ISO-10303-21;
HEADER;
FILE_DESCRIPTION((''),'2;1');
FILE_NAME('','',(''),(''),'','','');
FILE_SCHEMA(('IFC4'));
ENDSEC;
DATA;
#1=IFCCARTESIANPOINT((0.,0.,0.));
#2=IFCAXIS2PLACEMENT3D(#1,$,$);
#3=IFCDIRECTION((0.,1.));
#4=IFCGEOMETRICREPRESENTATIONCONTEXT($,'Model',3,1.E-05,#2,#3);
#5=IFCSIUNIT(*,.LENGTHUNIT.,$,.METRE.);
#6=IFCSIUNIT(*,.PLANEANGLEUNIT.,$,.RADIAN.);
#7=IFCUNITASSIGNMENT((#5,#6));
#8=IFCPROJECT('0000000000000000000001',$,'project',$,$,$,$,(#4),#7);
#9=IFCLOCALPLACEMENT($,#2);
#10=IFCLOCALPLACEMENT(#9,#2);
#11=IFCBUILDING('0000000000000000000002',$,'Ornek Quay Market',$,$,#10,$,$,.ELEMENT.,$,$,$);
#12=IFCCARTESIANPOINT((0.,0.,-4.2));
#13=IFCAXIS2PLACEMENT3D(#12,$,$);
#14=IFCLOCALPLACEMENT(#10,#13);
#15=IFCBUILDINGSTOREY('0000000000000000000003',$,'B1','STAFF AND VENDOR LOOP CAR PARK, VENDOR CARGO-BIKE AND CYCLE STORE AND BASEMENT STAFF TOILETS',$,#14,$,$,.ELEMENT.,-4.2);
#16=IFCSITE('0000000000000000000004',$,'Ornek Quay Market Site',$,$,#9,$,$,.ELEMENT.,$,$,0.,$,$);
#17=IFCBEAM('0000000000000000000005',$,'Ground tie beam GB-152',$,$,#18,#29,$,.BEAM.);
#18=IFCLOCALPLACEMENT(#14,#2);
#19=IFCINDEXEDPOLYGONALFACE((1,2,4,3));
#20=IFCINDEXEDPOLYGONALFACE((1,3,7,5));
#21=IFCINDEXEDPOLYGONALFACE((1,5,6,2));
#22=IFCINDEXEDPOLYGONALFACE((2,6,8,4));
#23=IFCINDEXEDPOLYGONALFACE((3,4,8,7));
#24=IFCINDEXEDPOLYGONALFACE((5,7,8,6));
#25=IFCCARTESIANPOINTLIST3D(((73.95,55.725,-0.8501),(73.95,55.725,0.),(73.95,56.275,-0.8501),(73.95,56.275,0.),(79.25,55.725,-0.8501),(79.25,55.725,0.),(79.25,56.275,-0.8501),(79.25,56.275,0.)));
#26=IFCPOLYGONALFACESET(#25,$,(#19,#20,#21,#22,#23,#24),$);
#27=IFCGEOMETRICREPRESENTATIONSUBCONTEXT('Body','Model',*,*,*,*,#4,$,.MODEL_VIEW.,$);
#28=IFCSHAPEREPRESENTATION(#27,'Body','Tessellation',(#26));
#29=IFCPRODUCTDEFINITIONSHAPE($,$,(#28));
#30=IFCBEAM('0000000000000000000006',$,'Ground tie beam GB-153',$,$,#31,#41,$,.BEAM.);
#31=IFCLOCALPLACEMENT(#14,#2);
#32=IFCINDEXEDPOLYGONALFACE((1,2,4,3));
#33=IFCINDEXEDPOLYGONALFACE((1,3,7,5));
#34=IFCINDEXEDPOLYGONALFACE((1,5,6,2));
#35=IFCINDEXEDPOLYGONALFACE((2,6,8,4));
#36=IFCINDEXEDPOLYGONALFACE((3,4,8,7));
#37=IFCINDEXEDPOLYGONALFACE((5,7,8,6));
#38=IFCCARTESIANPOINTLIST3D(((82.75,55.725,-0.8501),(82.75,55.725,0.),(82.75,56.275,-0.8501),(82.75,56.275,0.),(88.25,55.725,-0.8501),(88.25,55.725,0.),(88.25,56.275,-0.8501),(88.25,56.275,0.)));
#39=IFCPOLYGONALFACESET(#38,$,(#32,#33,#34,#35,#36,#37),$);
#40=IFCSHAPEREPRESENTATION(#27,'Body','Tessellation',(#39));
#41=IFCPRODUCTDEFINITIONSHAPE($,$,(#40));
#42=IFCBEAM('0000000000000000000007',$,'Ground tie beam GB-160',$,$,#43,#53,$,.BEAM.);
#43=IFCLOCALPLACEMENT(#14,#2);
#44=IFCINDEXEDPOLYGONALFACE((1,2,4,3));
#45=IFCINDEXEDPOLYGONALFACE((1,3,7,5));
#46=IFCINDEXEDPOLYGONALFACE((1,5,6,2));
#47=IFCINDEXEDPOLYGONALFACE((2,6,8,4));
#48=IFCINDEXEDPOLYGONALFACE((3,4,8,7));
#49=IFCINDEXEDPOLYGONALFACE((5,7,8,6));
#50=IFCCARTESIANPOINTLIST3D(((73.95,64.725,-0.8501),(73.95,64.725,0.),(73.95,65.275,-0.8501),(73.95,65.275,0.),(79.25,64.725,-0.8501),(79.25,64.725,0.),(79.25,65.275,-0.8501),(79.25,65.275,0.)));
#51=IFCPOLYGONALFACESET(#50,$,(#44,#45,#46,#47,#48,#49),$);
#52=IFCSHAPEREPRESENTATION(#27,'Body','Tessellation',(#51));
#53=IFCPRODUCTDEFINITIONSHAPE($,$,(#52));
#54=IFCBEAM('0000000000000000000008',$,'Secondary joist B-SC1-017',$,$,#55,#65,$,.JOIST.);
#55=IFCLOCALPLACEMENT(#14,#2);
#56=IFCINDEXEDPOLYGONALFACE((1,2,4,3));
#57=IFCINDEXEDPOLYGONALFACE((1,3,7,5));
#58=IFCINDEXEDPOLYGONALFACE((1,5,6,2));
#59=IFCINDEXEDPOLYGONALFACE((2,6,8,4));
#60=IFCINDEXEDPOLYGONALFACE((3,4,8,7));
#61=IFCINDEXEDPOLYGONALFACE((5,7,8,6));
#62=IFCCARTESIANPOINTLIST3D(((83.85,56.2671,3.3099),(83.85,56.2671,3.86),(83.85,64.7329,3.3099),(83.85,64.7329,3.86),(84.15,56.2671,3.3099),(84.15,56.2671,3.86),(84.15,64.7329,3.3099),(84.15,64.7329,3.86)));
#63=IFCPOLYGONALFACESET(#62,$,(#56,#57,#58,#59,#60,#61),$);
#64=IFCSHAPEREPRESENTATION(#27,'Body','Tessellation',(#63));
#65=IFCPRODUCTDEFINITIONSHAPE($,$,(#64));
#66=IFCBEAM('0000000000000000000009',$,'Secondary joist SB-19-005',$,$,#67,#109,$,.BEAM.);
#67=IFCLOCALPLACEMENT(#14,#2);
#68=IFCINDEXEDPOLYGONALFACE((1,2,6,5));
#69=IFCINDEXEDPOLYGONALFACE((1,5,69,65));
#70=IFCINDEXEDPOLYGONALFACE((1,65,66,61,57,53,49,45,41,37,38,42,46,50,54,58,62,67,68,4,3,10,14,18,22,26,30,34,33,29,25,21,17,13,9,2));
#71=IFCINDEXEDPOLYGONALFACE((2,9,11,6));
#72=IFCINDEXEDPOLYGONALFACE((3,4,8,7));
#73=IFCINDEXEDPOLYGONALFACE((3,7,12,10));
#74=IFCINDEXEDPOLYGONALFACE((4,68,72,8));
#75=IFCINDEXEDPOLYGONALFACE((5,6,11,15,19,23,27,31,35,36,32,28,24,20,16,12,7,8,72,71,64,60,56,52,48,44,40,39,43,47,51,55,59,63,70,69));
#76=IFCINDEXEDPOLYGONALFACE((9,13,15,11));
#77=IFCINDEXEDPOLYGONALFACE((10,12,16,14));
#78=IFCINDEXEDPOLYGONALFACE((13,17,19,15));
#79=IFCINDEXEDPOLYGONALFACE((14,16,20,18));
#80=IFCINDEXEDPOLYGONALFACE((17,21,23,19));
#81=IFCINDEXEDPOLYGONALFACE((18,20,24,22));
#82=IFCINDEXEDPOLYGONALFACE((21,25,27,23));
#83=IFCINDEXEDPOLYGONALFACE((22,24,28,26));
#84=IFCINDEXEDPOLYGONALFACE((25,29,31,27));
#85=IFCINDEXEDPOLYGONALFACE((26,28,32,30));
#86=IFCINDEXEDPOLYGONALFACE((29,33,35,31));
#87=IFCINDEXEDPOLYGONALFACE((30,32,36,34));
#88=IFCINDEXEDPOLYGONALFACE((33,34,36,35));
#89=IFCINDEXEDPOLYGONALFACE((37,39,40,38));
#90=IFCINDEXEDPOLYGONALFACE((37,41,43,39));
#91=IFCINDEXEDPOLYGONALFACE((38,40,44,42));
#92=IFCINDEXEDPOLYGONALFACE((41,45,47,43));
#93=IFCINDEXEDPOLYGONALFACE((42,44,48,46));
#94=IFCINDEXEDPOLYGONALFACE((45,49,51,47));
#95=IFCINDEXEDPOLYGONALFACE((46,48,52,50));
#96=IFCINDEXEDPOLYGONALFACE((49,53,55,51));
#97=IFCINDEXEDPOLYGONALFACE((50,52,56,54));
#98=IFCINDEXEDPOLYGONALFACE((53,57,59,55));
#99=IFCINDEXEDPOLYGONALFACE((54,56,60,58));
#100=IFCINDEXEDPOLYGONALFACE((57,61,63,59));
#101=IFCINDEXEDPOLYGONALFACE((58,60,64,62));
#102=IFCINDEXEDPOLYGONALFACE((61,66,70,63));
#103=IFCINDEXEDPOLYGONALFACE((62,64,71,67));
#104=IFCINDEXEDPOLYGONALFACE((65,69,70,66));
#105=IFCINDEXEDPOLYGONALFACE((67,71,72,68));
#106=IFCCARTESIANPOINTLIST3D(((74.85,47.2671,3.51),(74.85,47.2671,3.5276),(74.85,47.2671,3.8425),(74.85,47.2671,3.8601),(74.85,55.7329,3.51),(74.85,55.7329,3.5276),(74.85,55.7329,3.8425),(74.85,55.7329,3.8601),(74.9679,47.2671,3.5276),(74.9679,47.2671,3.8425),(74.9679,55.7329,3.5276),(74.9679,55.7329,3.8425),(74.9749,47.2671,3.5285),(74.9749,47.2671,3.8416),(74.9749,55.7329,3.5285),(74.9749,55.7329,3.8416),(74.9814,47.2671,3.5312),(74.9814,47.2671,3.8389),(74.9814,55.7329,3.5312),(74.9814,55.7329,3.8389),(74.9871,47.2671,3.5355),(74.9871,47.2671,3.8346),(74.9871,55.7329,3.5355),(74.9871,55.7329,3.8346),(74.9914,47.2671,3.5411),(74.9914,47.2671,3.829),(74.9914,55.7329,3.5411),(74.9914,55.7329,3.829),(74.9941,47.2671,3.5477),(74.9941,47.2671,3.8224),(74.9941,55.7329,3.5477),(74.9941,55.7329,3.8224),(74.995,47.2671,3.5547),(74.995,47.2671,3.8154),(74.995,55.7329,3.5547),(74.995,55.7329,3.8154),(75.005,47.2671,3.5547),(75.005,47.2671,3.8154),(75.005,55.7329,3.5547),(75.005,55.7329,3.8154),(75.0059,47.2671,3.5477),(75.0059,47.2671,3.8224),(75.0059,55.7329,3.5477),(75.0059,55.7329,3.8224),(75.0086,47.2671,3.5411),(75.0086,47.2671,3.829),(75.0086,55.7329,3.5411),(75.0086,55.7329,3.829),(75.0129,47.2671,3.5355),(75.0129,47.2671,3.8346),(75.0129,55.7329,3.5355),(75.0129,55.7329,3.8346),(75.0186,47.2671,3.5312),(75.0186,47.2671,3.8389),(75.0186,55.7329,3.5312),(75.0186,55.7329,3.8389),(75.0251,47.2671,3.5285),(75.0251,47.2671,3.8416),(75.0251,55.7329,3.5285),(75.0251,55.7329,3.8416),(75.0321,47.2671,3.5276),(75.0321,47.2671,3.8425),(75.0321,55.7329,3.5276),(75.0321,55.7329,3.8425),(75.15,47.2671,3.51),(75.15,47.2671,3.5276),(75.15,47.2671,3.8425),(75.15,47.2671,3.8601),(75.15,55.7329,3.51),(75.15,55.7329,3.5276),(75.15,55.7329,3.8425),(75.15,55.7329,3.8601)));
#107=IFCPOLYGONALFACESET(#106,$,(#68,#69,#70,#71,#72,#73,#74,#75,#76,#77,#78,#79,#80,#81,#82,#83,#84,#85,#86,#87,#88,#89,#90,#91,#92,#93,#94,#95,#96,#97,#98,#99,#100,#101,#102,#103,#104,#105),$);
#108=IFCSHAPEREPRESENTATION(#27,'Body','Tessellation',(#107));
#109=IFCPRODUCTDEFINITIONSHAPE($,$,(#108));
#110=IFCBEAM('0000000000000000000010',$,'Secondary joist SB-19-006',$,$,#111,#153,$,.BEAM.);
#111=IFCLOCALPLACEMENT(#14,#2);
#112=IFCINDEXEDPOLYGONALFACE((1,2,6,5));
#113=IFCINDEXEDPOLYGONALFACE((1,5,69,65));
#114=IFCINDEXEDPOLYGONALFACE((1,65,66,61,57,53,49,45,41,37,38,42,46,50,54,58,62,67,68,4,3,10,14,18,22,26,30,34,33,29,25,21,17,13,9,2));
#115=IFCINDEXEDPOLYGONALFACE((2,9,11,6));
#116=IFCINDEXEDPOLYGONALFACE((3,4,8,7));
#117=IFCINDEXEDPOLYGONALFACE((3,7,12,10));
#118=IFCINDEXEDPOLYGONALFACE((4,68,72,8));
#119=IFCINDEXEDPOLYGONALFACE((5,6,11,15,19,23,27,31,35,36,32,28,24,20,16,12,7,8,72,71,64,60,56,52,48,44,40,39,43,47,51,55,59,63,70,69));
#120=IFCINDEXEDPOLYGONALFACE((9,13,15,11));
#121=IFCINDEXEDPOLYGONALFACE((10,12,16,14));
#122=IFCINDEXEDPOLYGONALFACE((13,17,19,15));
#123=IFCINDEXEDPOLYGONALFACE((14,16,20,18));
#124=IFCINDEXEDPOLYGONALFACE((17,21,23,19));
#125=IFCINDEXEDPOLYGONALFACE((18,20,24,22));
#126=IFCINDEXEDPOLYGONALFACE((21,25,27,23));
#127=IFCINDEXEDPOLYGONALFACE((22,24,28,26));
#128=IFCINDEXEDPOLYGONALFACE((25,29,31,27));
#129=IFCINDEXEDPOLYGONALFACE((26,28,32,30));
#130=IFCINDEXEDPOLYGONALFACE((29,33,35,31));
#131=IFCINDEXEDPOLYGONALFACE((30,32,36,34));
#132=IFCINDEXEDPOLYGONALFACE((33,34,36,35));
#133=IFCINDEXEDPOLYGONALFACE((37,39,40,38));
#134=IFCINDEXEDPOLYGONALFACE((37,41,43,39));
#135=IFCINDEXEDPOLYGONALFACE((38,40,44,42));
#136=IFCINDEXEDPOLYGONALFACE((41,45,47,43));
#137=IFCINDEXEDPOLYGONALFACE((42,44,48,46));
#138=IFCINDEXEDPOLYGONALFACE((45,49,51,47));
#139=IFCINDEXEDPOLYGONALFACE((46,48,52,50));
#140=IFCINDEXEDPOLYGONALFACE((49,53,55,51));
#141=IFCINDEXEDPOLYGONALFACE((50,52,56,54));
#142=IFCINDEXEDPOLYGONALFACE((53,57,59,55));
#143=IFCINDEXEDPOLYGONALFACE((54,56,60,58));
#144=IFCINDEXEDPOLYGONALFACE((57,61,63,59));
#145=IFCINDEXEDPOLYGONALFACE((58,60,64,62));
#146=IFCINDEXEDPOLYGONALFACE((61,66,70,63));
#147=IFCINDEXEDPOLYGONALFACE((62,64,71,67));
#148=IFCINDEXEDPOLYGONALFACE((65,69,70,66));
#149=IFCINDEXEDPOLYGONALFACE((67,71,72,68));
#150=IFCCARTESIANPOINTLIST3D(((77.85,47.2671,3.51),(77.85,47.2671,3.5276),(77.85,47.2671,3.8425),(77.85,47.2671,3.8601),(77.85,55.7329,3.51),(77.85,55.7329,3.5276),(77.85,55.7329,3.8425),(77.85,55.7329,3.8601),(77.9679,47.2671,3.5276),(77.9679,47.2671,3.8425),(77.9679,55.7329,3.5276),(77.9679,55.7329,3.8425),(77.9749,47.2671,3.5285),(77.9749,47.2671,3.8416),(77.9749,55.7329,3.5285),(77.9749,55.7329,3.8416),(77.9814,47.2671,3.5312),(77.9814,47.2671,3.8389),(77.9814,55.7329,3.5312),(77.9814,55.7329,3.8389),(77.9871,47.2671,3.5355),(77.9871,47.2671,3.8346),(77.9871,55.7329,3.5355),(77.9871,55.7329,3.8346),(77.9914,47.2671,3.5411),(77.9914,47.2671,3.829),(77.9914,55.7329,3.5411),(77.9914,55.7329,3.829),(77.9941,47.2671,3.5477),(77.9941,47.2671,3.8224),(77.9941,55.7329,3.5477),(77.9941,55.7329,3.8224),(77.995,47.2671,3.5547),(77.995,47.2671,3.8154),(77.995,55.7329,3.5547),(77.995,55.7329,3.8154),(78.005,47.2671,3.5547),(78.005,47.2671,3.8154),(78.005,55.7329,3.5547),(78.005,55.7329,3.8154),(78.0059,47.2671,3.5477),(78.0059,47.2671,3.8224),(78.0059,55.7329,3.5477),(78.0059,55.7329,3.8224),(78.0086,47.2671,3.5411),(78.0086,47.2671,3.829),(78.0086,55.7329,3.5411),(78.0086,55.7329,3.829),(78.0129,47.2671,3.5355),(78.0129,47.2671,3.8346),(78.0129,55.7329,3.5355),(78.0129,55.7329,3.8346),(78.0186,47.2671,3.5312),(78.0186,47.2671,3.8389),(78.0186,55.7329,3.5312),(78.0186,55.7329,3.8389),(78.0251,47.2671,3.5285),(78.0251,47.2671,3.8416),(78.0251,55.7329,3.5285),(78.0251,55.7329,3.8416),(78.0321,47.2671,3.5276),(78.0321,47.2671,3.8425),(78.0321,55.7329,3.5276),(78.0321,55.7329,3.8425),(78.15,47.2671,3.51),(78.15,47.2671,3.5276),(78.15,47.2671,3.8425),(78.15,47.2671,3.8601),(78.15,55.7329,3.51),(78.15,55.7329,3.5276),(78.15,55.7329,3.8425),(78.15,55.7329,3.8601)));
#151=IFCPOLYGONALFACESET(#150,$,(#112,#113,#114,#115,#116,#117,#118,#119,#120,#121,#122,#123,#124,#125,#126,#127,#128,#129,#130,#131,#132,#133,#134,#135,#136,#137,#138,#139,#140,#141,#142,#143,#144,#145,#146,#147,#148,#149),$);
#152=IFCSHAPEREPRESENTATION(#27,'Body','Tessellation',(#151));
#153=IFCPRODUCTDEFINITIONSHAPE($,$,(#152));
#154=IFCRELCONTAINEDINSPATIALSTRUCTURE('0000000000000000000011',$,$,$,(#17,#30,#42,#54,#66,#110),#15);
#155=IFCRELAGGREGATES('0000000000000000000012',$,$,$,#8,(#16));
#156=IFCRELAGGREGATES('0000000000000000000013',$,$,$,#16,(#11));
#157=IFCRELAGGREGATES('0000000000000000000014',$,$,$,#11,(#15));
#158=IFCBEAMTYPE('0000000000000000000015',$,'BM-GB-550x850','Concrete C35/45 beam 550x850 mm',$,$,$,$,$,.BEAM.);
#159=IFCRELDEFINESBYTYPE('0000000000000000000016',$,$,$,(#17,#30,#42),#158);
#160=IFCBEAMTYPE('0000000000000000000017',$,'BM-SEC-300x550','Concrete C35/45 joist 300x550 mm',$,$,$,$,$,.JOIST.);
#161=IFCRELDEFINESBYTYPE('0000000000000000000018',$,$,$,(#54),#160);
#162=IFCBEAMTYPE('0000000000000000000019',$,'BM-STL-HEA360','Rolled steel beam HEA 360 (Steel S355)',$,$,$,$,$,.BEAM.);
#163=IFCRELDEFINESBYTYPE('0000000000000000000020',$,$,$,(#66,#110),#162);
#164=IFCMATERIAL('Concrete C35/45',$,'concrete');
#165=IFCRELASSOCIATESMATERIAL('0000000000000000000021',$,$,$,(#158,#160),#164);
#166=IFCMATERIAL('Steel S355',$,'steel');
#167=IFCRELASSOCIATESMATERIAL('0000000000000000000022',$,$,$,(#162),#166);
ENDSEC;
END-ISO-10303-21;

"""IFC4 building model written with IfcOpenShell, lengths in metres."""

from ifc_helpers import new_model, si_unit, direction, frame, origin, origin_2d, place, context, subcontext, project, spatial, rectangle, i_section, extrude, material, material_profile, profile_set, type_object, element, save


model = new_model("IFC4")

# Units and contexts
model_context = context("Model", 3, precision=1e-05, world=origin(), true_north=direction((0.0, 1.0)))
body_context = subcontext(model_context, "Body", "Model", "MODEL_VIEW")
ifc_project = project(units=[si_unit("LENGTHUNIT", "METRE"), si_unit("PLANEANGLEUNIT", "RADIAN")], contexts=[model_context])

# Site, building, storey
site_placement = place(None, origin())
site = spatial("IfcSite", under=ifc_project, at=site_placement, Name="Ornek Quay Market Site", CompositionType="ELEMENT", RefElevation=0.0)
building_placement = place(site_placement, origin())
building = spatial("IfcBuilding", under=site, at=building_placement, Name="Ornek Quay Market", CompositionType="ELEMENT")
storey_placement = place(building_placement, frame((0.0, 0.0, -4.2)))
storey = spatial("IfcBuildingStorey", under=building, at=storey_placement, Name="B1", Description="STAFF AND VENDOR LOOP CAR PARK, VENDOR CARGO-BIKE AND CYCLE STORE AND BASEMENT STAFF TOILETS", CompositionType="ELEMENT", Elevation=-4.2)

# Shared definitions
ifc_material_1 = material(Name="Concrete C35/45", Category="concrete")

# Beams
ifc_material_profile_1 = material_profile(ifc_material_1, rectangle(XDim=0.55, YDim=0.8501, at=origin_2d()), Name="RC 550x850", Category="concrete")
ifc_profile_set_1 = profile_set([ifc_material_profile_1], Name="Concrete C35/45")
beam_type_1 = type_object("IfcBeamType", Name="BM-GB-550x850", Description="Concrete C35/45 beam 550x850 mm", PredefinedType="BEAM", material=ifc_profile_set_1)
beam_1_placement = place(storey_placement, frame((73.95, 56.0, -0.425), z_axis=(1.0, 0.0, 0.0), x_axis=(0.0, 1.0, 0.0)))
element("IfcBeam", 1, at=beam_1_placement, inside=storey, type_object=beam_type_1, Name="Ground tie beam GB-152", PredefinedType="BEAM", context=body_context, shape_type="SweptSolid", body=[
    extrude(rectangle(XDim=0.55, YDim=0.8501, at=origin_2d()), origin(), (0.0, 0.0, 1.0), 5.3),
])
beam_2_placement = place(storey_placement, frame((82.75, 56.0, -0.425), z_axis=(1.0, 0.0, 0.0), x_axis=(0.0, 1.0, 0.0)))
element("IfcBeam", 2, at=beam_2_placement, inside=storey, type_object=beam_type_1, Name="Ground tie beam GB-153", PredefinedType="BEAM", context=body_context, shape_type="SweptSolid", body=[
    extrude(rectangle(XDim=0.55, YDim=0.8501, at=origin_2d()), origin(), (0.0, 0.0, 1.0), 5.5),
])
beam_3_placement = place(storey_placement, frame((73.95, 65.0, -0.425), z_axis=(1.0, 0.0, 0.0), x_axis=(0.0, 1.0, 0.0)))
element("IfcBeam", 3, at=beam_3_placement, inside=storey, type_object=beam_type_1, Name="Ground tie beam GB-160", PredefinedType="BEAM", context=body_context, shape_type="SweptSolid", body=[
    extrude(rectangle(XDim=0.55, YDim=0.8501, at=origin_2d()), origin(), (0.0, 0.0, 1.0), 5.3),
])
ifc_material_profile_2 = material_profile(ifc_material_1, rectangle(XDim=0.3, YDim=0.55, at=origin_2d()), Name="RC 300x550", Category="concrete")
ifc_profile_set_2 = profile_set([ifc_material_profile_2], Name="Concrete C35/45")
beam_type_2 = type_object("IfcBeamType", Name="BM-SEC-300x550", Description="Concrete C35/45 joist 300x550 mm", PredefinedType="JOIST", material=ifc_profile_set_2)
beam_4_placement = place(storey_placement, frame((84.0, 56.2671, 3.585), z_axis=(0.0, 1.0, 0.0), x_axis=(-1.0, 0.0, 0.0)))
element("IfcBeam", 4, at=beam_4_placement, inside=storey, type_object=beam_type_2, Name="Secondary joist B-SC1-017", PredefinedType="JOIST", context=body_context, shape_type="SweptSolid", body=[
    extrude(rectangle(XDim=0.3, YDim=0.55, at=origin_2d()), origin(), (0.0, 0.0, 1.0), 8.4658),
])
ifc_material_2 = material(Name="Steel S355", Category="steel")
ifc_material_profile_3 = material_profile(ifc_material_2, i_section(OverallWidth=0.3, OverallDepth=0.3501, WebThickness=0.01, FlangeThickness=0.0176, FilletRadius=0.0271, at=origin_2d()), Name="HEA 360", Category="steel")
ifc_profile_set_3 = profile_set([ifc_material_profile_3], Name="Steel S355")
beam_type_3 = type_object("IfcBeamType", Name="BM-STL-HEA360", Description="Rolled steel beam HEA 360 (Steel S355)", PredefinedType="BEAM", material=ifc_profile_set_3)
for number, where, z_axis, x_axis, name in (
    (5, (75.0, 47.2671, 3.6851), (0.0, 1.0, 0.0), (-1.0, 0.0, 0.0), "Secondary joist SB-19-005"),
    (6, (78.0, 47.2671, 3.6851), (0.0, 1.0, 0.0), (-1.0, 0.0, 0.0), "Secondary joist SB-19-006"),
):
    element("IfcBeam", number, at=place(storey_placement, frame(where, z_axis=z_axis, x_axis=x_axis)), inside=storey, type_object=beam_type_3, Name=name, PredefinedType="BEAM", context=body_context, shape_type="SweptSolid", body=[
        extrude(i_section(OverallWidth=0.3, OverallDepth=0.3501, WebThickness=0.01, FlangeThickness=0.0176, FilletRadius=0.0271, at=origin_2d()), origin(), (0.0, 0.0, 1.0), 8.4658),
    ])

save(model, "model.ifc")
